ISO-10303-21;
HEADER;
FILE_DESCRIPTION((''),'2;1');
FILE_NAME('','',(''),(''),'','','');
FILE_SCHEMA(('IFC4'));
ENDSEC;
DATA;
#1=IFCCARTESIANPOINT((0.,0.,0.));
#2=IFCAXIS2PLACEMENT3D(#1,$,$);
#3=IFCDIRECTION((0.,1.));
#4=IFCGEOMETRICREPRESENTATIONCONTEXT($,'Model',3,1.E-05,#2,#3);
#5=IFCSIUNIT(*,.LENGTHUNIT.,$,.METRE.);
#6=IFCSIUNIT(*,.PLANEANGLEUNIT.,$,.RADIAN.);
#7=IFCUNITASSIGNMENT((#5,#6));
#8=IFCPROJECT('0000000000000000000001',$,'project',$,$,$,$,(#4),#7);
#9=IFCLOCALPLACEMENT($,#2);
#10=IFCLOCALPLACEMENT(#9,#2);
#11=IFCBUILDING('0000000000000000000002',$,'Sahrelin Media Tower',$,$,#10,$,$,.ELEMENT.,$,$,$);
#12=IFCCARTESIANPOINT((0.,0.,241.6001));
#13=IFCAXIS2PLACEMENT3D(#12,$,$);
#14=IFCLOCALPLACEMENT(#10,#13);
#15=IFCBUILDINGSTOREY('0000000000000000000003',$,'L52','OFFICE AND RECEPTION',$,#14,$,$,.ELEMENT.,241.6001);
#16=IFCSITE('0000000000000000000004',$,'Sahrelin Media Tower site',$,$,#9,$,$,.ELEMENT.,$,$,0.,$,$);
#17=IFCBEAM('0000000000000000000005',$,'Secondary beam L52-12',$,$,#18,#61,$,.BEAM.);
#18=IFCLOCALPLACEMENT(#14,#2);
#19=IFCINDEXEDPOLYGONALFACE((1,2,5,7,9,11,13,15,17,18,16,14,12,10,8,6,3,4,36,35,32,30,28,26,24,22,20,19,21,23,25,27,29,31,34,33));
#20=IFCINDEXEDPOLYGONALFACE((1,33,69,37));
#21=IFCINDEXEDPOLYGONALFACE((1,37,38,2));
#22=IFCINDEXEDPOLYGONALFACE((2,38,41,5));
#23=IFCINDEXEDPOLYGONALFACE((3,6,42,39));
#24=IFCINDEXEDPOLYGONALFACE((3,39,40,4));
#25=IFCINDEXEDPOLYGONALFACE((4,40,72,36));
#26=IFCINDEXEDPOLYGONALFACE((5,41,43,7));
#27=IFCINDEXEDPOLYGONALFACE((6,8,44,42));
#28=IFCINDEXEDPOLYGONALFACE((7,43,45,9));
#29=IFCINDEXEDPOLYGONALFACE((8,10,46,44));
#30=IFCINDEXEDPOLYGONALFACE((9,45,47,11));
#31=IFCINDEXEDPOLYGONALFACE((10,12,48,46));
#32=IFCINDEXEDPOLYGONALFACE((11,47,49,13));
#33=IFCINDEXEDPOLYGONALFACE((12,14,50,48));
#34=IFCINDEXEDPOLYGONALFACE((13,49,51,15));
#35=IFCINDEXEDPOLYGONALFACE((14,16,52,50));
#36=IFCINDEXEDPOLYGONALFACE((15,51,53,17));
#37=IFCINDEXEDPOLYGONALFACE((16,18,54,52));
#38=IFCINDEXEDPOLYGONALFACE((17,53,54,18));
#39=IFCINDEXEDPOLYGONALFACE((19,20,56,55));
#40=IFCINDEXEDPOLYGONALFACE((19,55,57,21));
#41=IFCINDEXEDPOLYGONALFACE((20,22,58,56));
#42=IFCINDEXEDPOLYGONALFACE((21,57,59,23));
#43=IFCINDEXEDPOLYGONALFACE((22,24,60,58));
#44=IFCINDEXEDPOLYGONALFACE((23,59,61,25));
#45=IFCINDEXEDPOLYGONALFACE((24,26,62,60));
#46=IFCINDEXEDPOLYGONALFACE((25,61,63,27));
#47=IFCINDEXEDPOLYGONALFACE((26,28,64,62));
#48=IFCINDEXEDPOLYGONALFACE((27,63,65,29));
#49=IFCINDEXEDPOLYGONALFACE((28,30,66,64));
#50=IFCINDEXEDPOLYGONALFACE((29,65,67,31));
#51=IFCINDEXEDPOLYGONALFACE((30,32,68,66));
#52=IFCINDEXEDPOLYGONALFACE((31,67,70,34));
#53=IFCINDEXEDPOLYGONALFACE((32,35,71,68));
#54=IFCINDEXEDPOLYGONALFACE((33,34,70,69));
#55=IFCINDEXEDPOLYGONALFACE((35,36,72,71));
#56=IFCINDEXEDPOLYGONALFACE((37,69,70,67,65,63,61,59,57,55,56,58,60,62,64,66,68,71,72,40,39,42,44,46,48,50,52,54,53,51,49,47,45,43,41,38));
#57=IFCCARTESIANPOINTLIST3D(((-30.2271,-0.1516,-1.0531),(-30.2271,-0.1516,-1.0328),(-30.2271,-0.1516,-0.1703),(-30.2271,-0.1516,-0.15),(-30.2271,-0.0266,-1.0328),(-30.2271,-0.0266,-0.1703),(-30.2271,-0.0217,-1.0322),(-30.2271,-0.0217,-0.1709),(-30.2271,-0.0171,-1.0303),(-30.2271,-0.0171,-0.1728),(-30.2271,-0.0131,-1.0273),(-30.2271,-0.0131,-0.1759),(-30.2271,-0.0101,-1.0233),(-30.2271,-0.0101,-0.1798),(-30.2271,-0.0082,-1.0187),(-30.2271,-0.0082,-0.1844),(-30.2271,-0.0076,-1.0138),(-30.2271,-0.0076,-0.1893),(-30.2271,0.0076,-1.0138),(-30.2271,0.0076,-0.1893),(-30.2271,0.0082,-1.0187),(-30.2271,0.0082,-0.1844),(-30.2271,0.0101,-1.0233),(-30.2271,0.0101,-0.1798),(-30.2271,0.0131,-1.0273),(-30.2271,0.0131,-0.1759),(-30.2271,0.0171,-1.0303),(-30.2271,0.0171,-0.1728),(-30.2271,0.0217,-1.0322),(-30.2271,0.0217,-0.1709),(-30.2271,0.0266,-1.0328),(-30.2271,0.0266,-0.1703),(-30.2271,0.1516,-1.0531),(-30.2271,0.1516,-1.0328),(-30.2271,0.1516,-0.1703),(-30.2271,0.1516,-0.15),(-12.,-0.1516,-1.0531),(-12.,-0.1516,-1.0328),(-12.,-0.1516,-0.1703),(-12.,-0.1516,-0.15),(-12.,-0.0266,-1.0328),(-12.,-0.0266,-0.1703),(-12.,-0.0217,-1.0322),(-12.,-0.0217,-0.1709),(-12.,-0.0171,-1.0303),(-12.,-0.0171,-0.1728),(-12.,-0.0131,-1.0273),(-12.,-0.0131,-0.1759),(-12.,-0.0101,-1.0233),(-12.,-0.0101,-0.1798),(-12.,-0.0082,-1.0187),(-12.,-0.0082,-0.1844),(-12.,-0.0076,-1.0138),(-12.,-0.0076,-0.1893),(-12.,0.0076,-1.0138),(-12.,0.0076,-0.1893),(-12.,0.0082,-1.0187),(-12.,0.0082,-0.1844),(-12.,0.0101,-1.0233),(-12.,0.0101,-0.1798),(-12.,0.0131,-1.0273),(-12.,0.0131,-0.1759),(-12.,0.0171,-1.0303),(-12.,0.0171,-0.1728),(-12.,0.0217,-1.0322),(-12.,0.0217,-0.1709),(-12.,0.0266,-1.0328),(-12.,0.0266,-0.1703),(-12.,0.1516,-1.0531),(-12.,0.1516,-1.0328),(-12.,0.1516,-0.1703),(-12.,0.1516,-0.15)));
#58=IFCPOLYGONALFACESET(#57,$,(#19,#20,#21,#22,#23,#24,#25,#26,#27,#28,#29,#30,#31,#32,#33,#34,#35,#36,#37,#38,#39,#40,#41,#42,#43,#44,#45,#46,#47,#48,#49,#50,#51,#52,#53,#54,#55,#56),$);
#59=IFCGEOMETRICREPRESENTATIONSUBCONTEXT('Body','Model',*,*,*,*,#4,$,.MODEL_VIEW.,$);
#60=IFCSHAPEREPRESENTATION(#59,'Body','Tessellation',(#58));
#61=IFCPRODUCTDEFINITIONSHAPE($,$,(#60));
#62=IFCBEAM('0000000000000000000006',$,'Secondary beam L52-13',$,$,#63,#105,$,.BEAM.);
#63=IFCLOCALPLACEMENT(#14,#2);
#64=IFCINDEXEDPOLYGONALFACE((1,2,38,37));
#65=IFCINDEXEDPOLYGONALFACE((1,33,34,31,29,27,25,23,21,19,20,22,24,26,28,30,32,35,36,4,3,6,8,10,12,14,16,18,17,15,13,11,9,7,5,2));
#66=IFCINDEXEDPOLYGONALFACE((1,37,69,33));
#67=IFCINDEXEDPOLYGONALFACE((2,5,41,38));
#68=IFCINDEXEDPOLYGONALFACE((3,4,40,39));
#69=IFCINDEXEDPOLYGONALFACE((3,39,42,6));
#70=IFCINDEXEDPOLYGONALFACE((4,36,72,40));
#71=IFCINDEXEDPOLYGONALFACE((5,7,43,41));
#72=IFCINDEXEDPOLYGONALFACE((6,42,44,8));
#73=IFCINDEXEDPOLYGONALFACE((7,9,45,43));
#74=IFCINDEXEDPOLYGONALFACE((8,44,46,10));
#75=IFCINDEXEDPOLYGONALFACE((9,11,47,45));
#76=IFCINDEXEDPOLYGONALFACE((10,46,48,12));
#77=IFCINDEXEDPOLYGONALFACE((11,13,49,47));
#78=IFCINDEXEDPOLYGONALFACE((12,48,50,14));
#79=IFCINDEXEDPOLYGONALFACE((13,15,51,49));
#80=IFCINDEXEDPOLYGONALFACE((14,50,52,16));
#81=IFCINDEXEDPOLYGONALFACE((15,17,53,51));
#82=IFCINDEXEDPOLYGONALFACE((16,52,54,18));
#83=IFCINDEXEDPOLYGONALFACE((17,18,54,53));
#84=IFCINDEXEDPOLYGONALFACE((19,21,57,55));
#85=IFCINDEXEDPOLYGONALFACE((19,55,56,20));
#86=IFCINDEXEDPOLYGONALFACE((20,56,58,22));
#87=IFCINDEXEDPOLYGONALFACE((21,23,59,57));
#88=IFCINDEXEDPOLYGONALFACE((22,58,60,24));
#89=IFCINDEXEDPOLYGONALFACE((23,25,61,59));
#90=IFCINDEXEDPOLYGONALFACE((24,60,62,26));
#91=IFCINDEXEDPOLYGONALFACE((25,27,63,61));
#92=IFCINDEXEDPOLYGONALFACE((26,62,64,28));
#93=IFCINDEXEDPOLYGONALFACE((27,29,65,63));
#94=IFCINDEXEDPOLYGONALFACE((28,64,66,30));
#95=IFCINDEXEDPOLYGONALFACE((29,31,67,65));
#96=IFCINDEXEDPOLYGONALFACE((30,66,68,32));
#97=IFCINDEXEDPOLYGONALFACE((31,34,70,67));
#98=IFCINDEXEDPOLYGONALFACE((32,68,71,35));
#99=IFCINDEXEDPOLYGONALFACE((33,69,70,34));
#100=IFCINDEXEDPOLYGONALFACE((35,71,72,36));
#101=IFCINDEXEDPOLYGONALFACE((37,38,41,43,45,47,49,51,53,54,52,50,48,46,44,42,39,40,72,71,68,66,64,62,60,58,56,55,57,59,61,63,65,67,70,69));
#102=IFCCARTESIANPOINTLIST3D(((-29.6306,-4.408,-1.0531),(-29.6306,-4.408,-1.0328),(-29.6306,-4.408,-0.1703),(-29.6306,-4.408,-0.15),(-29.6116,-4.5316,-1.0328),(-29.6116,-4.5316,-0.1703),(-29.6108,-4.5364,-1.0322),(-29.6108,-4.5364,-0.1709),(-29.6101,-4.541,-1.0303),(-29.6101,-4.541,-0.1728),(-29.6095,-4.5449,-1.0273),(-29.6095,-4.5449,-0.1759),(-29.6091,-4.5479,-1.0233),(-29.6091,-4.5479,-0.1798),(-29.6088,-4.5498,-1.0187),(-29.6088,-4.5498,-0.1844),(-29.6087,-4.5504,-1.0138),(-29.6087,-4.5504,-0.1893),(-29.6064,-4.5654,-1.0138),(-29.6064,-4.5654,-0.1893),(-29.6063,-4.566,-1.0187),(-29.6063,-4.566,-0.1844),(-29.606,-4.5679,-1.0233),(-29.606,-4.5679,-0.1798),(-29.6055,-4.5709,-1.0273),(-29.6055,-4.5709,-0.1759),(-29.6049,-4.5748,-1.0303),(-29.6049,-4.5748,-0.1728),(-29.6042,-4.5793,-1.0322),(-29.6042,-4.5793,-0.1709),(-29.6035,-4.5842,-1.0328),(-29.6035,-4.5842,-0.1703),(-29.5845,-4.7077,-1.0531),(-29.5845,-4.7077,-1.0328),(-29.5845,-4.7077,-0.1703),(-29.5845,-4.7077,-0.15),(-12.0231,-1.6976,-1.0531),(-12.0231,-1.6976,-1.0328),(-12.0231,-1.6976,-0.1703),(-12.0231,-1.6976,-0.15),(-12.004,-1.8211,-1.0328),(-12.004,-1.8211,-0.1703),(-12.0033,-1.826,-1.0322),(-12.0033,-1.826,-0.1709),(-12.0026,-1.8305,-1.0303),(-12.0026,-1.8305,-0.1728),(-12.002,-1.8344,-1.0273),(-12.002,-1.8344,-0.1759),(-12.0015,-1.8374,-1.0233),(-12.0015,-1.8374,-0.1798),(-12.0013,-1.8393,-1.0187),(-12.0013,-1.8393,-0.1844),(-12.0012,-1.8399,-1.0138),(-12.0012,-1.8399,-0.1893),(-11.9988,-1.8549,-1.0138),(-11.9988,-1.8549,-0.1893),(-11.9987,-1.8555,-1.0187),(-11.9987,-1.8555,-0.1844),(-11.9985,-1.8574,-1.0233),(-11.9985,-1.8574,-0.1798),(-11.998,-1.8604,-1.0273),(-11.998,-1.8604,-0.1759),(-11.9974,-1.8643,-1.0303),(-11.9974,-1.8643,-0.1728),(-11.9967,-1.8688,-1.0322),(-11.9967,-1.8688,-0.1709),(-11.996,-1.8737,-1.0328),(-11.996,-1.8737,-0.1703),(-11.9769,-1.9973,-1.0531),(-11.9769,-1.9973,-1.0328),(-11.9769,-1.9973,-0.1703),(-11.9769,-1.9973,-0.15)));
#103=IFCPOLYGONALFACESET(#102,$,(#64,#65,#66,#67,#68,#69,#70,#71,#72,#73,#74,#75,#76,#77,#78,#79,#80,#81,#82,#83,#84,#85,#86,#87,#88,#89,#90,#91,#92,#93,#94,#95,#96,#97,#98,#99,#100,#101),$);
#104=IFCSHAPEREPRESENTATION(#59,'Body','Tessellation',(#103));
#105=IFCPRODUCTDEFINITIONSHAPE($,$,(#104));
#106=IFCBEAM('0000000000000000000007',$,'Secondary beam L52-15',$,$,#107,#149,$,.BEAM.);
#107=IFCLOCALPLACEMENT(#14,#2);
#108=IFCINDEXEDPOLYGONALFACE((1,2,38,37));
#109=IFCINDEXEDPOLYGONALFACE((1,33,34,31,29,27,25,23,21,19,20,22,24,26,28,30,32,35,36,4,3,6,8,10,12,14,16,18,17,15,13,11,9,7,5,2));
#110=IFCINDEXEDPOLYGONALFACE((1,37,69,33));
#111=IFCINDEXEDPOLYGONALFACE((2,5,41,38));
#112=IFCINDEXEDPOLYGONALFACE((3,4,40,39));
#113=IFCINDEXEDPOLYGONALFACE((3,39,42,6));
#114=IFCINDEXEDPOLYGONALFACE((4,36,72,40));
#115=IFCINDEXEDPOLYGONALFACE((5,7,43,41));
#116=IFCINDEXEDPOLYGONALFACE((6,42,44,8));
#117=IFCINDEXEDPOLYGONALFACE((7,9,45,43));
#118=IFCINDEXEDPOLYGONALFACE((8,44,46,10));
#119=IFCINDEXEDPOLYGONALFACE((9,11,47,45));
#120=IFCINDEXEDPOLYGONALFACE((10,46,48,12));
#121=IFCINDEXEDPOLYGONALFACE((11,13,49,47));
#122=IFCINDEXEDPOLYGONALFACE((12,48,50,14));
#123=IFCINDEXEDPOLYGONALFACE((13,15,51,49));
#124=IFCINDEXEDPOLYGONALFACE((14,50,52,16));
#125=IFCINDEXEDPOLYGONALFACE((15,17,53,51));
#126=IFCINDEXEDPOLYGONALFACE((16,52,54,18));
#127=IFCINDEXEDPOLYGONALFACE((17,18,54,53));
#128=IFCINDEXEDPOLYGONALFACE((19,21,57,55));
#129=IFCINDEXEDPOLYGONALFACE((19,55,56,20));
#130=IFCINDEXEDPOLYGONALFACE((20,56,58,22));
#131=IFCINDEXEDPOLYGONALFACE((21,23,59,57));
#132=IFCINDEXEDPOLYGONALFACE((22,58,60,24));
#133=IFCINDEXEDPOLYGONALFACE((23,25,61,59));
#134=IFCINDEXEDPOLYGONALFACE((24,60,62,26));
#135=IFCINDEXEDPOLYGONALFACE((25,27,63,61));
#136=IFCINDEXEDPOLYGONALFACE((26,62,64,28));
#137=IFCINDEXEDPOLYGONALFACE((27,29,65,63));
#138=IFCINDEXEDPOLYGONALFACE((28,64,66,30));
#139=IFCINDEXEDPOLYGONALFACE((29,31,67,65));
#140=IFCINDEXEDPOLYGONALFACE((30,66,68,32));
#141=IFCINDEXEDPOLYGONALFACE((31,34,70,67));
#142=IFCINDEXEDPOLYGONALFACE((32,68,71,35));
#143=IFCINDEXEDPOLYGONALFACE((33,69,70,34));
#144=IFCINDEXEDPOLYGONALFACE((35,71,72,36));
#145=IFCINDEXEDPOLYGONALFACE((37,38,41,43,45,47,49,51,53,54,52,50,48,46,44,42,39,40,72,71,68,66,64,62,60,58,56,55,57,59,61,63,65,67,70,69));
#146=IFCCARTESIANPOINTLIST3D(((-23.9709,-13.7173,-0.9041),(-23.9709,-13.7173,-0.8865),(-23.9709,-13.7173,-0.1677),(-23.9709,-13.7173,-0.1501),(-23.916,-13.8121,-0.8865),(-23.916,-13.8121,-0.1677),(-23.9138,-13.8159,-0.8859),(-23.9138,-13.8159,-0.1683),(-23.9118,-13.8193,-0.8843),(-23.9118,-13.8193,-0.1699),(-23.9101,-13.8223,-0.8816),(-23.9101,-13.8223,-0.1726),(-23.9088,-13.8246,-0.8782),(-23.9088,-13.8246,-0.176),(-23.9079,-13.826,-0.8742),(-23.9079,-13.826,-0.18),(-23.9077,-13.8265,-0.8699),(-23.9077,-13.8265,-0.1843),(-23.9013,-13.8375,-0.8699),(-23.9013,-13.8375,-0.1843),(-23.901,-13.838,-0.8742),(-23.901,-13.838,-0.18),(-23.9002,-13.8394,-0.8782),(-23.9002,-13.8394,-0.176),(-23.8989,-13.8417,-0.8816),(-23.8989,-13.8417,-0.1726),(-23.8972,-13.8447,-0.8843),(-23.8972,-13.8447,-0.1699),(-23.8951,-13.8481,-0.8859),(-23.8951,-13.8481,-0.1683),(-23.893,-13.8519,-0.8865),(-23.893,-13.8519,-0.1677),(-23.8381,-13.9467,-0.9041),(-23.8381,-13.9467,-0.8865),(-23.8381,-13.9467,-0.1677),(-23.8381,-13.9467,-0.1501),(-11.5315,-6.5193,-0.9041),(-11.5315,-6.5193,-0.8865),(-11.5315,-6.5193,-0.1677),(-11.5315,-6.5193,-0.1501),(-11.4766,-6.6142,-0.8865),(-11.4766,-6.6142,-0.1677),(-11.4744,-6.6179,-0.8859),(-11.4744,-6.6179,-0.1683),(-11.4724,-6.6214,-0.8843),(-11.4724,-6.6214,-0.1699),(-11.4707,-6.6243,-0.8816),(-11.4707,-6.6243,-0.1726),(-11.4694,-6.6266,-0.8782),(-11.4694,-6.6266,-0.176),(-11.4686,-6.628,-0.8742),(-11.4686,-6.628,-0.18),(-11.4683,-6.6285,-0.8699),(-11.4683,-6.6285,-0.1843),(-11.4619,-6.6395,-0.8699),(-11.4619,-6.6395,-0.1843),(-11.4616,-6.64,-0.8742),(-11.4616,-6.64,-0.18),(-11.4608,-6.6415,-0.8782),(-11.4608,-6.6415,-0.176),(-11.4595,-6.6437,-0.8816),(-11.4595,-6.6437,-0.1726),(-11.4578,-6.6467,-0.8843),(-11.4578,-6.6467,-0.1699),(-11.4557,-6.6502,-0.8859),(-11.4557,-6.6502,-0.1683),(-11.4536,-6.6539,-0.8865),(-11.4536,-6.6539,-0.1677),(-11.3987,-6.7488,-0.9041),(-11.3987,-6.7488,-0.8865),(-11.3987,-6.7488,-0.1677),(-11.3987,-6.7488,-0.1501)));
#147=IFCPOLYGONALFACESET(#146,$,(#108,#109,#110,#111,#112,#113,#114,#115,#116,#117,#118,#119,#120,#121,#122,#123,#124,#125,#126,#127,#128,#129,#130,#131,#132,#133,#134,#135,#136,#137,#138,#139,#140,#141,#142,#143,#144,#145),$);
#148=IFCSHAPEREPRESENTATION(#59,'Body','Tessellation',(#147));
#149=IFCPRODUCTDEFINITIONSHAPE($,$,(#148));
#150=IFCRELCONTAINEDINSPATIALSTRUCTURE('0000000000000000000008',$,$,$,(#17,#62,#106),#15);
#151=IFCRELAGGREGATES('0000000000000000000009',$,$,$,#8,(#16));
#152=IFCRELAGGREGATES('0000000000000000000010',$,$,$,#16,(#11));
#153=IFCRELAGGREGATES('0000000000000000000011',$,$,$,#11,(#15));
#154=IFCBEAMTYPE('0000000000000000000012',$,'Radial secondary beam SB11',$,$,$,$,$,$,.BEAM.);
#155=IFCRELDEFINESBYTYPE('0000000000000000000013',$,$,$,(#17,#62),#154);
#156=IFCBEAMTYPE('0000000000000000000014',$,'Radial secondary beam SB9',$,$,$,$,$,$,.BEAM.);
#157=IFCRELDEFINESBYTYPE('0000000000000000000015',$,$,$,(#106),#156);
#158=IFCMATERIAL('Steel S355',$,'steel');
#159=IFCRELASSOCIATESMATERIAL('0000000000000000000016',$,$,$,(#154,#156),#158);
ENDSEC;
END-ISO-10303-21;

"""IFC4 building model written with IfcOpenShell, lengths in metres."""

from ifc_helpers import new_model, si_unit, direction, frame, origin, origin_2d, place, context, subcontext, project, spatial, i_section, extrude, material, material_profile, profile_set, type_object, element, save


model = new_model("IFC4")

# Units and contexts
model_context = context("Model", 3, precision=1e-05, world=origin(), true_north=direction((0.0, 1.0)))
body_context = subcontext(model_context, "Body", "Model", "MODEL_VIEW")
ifc_project = project(units=[si_unit("LENGTHUNIT", "METRE"), si_unit("PLANEANGLEUNIT", "RADIAN")], contexts=[model_context])

# Site, building, storey
site_placement = place(None, origin())
site = spatial("IfcSite", under=ifc_project, at=site_placement, Name="Sahrelin Media Tower site", CompositionType="ELEMENT", RefElevation=0.0)
building_placement = place(site_placement, origin())
building = spatial("IfcBuilding", under=site, at=building_placement, Name="Sahrelin Media Tower", CompositionType="ELEMENT")
storey_placement = place(building_placement, frame((0.0, 0.0, 241.6001)))
storey = spatial("IfcBuildingStorey", under=building, at=storey_placement, Name="L52", Description="OFFICE AND RECEPTION", CompositionType="ELEMENT", Elevation=241.6001)

# Beams
ifc_material_1 = material(Name="Steel S355", Category="steel")
ifc_material_profile_1 = material_profile(ifc_material_1, i_section(OverallWidth=0.3032, OverallDepth=0.9031, WebThickness=0.0151, FlangeThickness=0.0203, FilletRadius=0.019, at=origin_2d()), Name="UB 914x305x201")
ifc_profile_set_1 = profile_set([ifc_material_profile_1], Name="Steel S355")
beam_type_1 = type_object("IfcBeamType", Name="Radial secondary beam SB11", PredefinedType="BEAM", material=ifc_profile_set_1)
beam_1_placement = place(storey_placement, frame((-12.0, 0.0, -0.6016), z_axis=(-1.0, 0.0, 0.0), x_axis=(0.0, -1.0, 0.0)))
element("IfcBeam", 1, at=beam_1_placement, inside=storey, type_object=beam_type_1, Name="Secondary beam L52-12", PredefinedType="BEAM", context=body_context, shape_type="SweptSolid", body=[
    extrude(i_section(OverallWidth=0.3032, OverallDepth=0.9031, WebThickness=0.0151, FlangeThickness=0.0203, FilletRadius=0.019, at=origin_2d()), origin(), (0.0, 0.0, 1.0), 18.2271),
])
beam_2_placement = place(storey_placement, frame((-12.0, -1.8474, -0.6016), z_axis=(-0.988358, -0.152146, 0.0), x_axis=(0.152146, -0.988358, 0.0)))
element("IfcBeam", 2, at=beam_2_placement, inside=storey, type_object=beam_type_1, Name="Secondary beam L52-13", PredefinedType="BEAM", context=body_context, shape_type="SweptSolid", body=[
    extrude(i_section(OverallWidth=0.3032, OverallDepth=0.9031, WebThickness=0.0151, FlangeThickness=0.0203, FilletRadius=0.019, at=origin_2d()), origin(), (0.0, 0.0, 1.0), 17.8149),
])
ifc_material_profile_2 = material_profile(ifc_material_1, i_section(OverallWidth=0.2651, OverallDepth=0.7539, WebThickness=0.0127, FlangeThickness=0.0176, FilletRadius=0.0166, at=origin_2d()), Name="UB 762x267x147")
ifc_profile_set_2 = profile_set([ifc_material_profile_2], Name="Steel S355")
beam_type_2 = type_object("IfcBeamType", Name="Radial secondary beam SB9", PredefinedType="BEAM", material=ifc_profile_set_2)
beam_3_placement = place(storey_placement, frame((-11.4651, -6.634, -0.5271), z_axis=(-0.865541, -0.500839, 0.0), x_axis=(0.500839, -0.865541, 0.0)))
element("IfcBeam", 3, at=beam_3_placement, inside=storey, type_object=beam_type_2, Name="Secondary beam L52-15", PredefinedType="BEAM", context=body_context, shape_type="SweptSolid", body=[
    extrude(i_section(OverallWidth=0.2651, OverallDepth=0.7539, WebThickness=0.0127, FlangeThickness=0.0176, FilletRadius=0.0166, at=origin_2d()), origin(), (0.0, 0.0, 1.0), 14.3718),
])

save(model, "model.ifc")
